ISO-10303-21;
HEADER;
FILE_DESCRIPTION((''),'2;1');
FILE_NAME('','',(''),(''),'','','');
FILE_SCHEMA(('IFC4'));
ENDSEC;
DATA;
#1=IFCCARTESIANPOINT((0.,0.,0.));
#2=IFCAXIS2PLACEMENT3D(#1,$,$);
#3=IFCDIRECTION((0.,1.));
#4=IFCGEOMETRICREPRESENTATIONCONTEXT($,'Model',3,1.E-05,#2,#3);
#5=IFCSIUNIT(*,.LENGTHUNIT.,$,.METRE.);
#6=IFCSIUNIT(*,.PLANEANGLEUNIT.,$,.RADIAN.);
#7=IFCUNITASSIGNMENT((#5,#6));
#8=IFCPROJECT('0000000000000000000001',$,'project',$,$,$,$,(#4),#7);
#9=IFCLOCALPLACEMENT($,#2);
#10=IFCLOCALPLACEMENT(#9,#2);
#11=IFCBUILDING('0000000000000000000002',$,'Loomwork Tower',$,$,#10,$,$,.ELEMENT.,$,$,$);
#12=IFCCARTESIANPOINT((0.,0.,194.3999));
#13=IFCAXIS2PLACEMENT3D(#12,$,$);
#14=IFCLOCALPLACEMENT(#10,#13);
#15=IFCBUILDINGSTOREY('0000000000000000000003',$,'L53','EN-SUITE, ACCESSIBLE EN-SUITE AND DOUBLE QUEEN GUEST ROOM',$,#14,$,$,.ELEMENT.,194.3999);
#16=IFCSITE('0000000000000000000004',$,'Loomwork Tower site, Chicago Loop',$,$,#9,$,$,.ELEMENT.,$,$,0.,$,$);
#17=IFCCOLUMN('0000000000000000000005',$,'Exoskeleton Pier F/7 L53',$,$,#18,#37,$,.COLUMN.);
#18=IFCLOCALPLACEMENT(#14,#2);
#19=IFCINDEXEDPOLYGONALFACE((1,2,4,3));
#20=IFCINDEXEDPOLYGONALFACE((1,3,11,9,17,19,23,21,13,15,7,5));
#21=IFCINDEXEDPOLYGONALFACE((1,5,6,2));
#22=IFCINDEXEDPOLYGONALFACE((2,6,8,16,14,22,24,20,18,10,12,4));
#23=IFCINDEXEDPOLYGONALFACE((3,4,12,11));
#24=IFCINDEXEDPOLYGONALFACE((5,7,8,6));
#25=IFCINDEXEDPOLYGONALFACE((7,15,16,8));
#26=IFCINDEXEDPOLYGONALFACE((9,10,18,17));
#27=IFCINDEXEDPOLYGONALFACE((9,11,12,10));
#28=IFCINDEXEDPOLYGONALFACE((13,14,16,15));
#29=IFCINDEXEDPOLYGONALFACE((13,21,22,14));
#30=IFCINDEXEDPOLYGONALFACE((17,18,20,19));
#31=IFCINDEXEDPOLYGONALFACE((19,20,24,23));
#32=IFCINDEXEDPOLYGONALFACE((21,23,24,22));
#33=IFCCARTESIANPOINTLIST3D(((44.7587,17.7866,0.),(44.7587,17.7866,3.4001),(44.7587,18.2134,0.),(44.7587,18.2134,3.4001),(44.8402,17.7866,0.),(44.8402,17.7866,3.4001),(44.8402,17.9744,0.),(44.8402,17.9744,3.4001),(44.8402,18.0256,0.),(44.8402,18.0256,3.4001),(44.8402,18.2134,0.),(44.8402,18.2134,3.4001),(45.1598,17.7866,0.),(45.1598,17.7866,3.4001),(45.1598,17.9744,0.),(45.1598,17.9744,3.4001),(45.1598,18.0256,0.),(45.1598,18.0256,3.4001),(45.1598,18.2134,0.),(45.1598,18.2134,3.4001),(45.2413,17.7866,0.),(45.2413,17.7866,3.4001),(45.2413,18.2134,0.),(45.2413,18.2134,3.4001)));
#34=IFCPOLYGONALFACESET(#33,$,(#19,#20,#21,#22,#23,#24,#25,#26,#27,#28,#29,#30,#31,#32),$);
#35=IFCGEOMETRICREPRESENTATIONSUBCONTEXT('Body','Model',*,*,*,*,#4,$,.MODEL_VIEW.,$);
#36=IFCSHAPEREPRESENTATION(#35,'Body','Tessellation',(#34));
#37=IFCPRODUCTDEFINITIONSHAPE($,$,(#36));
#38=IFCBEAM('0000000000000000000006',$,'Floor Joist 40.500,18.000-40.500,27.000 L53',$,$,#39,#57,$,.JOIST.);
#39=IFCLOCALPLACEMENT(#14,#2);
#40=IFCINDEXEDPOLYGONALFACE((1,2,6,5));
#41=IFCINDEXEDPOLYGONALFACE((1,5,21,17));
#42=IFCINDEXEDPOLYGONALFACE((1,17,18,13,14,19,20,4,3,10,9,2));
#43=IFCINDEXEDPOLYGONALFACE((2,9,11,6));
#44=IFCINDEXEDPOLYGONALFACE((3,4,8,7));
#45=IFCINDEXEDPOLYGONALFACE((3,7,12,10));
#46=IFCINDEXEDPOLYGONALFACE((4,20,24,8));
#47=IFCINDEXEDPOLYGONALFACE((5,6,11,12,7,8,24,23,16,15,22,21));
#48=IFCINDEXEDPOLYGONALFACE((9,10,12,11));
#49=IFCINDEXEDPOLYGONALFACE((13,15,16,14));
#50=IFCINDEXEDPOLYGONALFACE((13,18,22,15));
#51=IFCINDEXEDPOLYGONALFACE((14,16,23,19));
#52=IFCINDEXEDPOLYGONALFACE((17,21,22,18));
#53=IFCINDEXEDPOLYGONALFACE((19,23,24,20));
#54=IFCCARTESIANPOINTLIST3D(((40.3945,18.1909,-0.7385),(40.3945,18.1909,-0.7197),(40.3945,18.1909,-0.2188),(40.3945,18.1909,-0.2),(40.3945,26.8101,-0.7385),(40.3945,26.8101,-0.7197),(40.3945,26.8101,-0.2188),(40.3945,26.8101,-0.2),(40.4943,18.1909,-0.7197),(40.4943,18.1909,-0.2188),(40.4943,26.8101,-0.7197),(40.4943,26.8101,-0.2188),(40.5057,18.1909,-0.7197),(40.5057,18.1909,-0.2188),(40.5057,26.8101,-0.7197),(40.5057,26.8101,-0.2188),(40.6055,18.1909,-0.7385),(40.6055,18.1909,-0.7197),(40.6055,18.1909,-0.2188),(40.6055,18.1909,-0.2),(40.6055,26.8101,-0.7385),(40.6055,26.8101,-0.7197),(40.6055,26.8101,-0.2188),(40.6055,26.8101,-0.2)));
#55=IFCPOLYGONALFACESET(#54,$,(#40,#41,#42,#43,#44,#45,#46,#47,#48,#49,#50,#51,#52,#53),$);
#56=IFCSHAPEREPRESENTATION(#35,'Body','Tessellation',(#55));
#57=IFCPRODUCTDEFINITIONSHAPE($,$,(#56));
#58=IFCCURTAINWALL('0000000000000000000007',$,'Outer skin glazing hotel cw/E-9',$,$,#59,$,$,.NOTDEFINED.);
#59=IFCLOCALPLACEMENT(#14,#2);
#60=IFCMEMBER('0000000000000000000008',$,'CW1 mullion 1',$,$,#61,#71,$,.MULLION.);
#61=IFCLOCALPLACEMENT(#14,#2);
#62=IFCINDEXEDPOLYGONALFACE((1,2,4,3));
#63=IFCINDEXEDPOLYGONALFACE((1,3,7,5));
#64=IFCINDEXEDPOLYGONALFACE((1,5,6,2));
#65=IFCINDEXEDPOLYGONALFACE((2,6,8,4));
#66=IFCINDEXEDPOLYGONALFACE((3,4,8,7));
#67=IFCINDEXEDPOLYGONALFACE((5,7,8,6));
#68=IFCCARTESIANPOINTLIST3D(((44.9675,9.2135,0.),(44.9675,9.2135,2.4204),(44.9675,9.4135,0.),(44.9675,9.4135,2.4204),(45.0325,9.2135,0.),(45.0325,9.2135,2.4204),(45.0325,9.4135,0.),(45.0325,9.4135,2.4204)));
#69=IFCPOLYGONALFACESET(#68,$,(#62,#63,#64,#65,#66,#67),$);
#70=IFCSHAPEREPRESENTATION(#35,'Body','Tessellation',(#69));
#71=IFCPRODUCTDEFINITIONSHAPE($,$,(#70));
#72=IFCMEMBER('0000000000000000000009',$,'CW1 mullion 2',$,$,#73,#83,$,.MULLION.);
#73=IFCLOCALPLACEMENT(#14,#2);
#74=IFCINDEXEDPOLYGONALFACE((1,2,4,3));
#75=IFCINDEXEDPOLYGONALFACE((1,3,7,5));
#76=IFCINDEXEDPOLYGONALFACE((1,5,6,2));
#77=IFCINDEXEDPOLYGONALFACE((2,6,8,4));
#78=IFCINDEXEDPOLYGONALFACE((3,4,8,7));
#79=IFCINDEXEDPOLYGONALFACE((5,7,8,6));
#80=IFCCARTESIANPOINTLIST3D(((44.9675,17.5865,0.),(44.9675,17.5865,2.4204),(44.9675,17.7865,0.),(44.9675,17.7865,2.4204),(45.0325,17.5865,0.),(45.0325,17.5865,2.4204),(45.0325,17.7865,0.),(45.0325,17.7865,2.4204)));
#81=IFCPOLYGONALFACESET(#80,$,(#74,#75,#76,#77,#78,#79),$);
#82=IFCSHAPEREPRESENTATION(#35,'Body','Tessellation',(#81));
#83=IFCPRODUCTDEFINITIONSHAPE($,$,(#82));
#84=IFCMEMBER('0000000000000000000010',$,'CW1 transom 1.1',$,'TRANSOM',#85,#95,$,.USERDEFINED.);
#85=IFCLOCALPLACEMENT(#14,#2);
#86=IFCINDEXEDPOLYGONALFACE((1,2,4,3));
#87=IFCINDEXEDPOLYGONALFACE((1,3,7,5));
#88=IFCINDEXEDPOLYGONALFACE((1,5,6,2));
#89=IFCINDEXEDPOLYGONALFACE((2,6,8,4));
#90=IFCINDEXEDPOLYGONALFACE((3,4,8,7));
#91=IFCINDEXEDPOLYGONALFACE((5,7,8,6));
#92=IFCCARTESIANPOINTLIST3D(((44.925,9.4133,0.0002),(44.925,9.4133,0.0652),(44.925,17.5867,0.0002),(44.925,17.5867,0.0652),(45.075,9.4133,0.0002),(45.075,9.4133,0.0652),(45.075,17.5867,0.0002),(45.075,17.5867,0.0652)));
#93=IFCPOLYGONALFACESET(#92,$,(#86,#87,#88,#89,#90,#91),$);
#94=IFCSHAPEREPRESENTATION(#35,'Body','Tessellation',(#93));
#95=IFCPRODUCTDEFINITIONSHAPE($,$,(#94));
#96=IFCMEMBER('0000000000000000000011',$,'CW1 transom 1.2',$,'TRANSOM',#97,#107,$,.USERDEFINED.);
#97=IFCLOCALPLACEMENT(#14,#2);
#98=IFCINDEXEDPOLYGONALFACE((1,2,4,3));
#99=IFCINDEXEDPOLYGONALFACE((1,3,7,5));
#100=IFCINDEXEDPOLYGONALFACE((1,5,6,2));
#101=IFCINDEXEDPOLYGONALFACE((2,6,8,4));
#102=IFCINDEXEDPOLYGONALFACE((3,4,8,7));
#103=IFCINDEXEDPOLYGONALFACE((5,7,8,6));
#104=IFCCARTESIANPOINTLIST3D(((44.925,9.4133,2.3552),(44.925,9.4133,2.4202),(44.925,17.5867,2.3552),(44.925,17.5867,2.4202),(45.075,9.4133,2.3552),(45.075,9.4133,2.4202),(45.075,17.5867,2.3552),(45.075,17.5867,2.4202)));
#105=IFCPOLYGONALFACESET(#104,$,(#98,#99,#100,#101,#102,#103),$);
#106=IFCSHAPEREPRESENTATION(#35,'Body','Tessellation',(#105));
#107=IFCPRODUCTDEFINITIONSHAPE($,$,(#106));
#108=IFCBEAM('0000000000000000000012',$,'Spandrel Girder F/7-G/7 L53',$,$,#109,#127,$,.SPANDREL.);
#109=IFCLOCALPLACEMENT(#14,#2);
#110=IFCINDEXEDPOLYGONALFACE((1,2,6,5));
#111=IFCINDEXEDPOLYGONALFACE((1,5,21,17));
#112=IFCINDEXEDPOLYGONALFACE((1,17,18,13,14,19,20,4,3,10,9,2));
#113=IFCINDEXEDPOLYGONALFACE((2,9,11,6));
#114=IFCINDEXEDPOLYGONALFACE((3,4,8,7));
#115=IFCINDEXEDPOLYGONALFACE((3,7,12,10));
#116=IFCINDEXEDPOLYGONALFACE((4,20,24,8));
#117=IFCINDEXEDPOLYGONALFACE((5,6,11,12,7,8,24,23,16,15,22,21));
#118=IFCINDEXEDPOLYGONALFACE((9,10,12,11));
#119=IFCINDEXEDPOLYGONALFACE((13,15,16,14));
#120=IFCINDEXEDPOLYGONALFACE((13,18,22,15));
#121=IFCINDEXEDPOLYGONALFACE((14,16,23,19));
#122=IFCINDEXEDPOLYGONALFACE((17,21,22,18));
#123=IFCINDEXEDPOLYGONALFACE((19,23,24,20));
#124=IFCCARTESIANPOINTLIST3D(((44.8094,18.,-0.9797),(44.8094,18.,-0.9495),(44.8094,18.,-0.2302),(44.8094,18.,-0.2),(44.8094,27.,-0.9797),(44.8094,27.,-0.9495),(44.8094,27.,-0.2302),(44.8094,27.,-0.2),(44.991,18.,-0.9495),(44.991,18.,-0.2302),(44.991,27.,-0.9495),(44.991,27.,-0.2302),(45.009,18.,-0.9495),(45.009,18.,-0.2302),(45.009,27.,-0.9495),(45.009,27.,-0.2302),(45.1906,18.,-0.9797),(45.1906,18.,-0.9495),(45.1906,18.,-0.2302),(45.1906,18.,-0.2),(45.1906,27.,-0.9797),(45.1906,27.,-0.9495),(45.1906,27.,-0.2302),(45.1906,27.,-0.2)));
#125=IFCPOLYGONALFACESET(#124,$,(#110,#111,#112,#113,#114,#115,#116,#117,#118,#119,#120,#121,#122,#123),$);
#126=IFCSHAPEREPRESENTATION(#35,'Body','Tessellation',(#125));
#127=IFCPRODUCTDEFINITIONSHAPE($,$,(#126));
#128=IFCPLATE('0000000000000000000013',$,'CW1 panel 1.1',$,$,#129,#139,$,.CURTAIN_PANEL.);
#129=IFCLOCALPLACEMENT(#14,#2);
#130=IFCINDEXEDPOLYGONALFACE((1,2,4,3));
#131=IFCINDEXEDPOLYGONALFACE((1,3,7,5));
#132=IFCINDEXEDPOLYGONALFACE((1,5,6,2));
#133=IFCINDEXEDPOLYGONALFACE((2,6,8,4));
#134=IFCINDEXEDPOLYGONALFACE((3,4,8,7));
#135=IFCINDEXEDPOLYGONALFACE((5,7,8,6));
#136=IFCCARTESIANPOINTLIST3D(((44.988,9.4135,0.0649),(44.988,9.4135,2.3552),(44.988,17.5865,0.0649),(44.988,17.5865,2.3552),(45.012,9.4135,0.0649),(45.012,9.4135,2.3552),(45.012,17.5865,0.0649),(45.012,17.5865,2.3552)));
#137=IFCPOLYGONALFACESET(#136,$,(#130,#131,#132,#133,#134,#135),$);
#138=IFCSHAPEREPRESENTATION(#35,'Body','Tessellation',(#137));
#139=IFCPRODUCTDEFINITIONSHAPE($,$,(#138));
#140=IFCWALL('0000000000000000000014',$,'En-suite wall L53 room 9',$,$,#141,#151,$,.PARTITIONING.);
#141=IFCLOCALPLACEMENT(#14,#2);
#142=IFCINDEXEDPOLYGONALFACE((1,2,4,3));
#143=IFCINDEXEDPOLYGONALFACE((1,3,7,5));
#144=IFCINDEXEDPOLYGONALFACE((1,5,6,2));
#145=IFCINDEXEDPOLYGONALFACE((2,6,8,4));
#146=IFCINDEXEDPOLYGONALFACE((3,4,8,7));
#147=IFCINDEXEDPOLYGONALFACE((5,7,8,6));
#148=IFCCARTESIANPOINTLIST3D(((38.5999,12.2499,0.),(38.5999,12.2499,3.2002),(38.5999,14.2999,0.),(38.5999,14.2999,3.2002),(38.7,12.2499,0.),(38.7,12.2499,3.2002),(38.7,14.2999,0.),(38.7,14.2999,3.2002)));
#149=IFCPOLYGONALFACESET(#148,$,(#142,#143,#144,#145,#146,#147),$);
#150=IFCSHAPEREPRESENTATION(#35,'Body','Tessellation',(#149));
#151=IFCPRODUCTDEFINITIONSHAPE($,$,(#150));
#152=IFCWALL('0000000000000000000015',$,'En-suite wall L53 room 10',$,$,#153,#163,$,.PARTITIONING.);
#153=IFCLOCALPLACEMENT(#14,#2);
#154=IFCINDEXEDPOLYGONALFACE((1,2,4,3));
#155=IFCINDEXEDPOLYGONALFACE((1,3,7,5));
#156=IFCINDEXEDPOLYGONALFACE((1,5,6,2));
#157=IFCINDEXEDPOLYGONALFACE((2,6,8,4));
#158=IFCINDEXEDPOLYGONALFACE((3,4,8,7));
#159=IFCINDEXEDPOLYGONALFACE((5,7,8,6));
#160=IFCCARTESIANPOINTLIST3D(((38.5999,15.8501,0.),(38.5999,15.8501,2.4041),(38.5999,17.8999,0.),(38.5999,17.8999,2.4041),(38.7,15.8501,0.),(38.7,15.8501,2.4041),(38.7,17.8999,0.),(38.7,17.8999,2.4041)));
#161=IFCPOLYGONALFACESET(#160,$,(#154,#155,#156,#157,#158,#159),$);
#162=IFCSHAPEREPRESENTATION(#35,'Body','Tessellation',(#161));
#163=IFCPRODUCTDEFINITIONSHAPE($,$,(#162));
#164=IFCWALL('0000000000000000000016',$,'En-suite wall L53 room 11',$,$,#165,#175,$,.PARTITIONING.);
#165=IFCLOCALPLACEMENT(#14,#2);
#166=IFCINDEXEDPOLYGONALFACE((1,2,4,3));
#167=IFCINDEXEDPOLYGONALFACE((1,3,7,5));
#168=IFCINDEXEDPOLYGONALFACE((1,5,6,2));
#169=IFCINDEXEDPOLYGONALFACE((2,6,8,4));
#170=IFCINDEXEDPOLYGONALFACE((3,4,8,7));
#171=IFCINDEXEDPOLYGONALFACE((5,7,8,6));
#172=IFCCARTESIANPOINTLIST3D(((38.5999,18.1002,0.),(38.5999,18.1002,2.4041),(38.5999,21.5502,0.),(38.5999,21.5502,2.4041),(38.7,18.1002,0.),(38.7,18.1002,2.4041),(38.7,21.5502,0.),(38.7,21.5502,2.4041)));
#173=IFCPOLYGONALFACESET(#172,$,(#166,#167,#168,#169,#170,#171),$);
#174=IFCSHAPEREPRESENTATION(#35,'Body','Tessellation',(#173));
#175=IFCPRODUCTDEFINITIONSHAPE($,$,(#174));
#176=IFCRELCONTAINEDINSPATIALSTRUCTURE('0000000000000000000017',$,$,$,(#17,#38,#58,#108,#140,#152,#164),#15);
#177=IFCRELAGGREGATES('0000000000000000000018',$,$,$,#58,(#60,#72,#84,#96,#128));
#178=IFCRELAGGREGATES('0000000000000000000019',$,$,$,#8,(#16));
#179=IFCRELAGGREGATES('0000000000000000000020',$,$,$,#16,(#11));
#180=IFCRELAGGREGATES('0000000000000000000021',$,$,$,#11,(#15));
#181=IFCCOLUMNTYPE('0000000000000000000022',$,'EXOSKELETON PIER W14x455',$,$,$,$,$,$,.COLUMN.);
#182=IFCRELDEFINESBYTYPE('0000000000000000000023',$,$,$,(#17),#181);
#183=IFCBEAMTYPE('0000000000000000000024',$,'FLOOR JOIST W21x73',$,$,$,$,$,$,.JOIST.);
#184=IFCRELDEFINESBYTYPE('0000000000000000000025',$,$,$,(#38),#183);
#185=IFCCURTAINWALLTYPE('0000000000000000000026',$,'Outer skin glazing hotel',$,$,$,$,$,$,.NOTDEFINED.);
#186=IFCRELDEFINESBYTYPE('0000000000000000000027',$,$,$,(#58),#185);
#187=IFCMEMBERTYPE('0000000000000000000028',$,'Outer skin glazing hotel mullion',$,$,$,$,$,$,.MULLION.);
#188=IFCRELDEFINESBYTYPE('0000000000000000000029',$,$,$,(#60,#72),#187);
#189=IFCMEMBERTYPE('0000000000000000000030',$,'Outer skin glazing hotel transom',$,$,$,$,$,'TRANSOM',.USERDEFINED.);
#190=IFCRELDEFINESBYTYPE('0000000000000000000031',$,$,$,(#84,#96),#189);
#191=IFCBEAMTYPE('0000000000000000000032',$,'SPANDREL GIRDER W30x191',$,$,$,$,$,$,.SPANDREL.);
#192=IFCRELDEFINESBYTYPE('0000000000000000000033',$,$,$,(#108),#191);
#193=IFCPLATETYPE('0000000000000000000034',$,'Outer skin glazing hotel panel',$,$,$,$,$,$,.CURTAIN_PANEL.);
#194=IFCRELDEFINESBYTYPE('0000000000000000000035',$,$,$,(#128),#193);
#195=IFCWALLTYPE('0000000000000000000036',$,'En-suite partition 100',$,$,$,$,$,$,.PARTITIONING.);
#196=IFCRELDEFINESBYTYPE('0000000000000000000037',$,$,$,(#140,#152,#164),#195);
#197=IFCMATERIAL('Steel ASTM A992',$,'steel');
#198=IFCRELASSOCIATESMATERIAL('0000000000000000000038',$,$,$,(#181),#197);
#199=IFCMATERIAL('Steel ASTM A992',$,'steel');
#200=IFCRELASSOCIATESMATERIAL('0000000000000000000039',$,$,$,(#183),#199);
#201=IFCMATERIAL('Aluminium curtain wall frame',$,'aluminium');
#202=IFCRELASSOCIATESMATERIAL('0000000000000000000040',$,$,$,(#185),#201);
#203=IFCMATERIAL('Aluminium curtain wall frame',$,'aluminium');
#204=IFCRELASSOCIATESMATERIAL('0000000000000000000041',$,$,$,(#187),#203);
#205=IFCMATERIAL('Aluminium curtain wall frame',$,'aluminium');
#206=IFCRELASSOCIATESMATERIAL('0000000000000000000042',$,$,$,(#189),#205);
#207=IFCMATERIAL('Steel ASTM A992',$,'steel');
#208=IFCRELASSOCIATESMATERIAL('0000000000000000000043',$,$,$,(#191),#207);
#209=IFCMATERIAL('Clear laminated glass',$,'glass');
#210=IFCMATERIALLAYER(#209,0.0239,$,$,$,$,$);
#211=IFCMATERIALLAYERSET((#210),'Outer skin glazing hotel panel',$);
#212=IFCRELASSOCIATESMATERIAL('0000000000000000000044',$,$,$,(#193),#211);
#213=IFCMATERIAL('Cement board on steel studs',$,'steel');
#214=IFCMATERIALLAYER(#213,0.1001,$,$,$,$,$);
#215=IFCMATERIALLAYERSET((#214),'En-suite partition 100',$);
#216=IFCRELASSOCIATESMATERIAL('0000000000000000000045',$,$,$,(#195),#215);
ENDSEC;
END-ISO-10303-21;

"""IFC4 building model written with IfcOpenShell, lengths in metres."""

from ifc_helpers import new_model, si_unit, direction, frame, frame_2d, origin, origin_2d, place, context, subcontext, project, spatial, rectangle, i_section, extrude, material, layer, layer_set, material_profile, profile_set, type_object, element, aggregate, save


model = new_model("IFC4")

# Units and contexts
model_context = context("Model", 3, precision=1e-05, world=origin(), true_north=direction((0.0, 1.0)))
body_context = subcontext(model_context, "Body", "Model", "MODEL_VIEW")
ifc_project = project(units=[si_unit("LENGTHUNIT", "METRE"), si_unit("PLANEANGLEUNIT", "RADIAN")], contexts=[model_context])

# Site, building, storey
site_placement = place(None, origin())
site = spatial("IfcSite", under=ifc_project, at=site_placement, Name="Loomwork Tower site, Chicago Loop", CompositionType="ELEMENT", RefElevation=0.0)
building_placement = place(site_placement, origin())
building = spatial("IfcBuilding", under=site, at=building_placement, Name="Loomwork Tower", CompositionType="ELEMENT")
storey_placement = place(building_placement, frame((0.0, 0.0, 194.3999)))
storey = spatial("IfcBuildingStorey", under=building, at=storey_placement, Name="L53", Description="EN-SUITE, ACCESSIBLE EN-SUITE AND DOUBLE QUEEN GUEST ROOM", CompositionType="ELEMENT", Elevation=194.3999)

# Column
ifc_material_1 = material(Name="Steel ASTM A992", Category="steel")
ifc_material_profile_1 = material_profile(ifc_material_1, i_section(OverallWidth=0.4268, OverallDepth=0.4827, WebThickness=0.0513, FlangeThickness=0.0815, at=origin_2d()), Name="W14x455")
ifc_profile_set_1 = profile_set([ifc_material_profile_1], Name="Steel ASTM A992")
column_type = type_object("IfcColumnType", Name="EXOSKELETON PIER W14x455", PredefinedType="COLUMN", material=ifc_profile_set_1)
column_placement = place(storey_placement, frame((45.0, 18.0, 0.0), z_axis=(0.0, 0.0, 1.0), x_axis=(0.0, 1.0, 0.0)))
element("IfcColumn", 1, at=column_placement, inside=storey, type_object=column_type, Name="Exoskeleton Pier F/7 L53", PredefinedType="COLUMN", context=body_context, shape_type="SweptSolid", body=[
    extrude(i_section(OverallWidth=0.4268, OverallDepth=0.4827, WebThickness=0.0513, FlangeThickness=0.0815, at=origin_2d()), origin(), (0.0, 0.0, 1.0), 3.4001),
])

# Beam
ifc_material_2 = material(Name="Steel ASTM A992", Category="steel")
ifc_material_profile_2 = material_profile(ifc_material_2, i_section(OverallWidth=0.2109, OverallDepth=0.5386, WebThickness=0.0115, FlangeThickness=0.0188, at=origin_2d()), Name="W21x73")
ifc_profile_set_2 = profile_set([ifc_material_profile_2], Name="Steel ASTM A992")
beam_type_1 = type_object("IfcBeamType", Name="FLOOR JOIST W21x73", PredefinedType="JOIST", material=ifc_profile_set_2)
beam_1_placement = place(storey_placement, frame((40.5, 18.1909, -0.4692), z_axis=(0.0, 1.0, 0.0), x_axis=(-1.0, 0.0, 0.0)))
element("IfcBeam", 2, at=beam_1_placement, inside=storey, type_object=beam_type_1, Name="Floor Joist 40.500,18.000-40.500,27.000 L53", PredefinedType="JOIST", context=body_context, shape_type="SweptSolid", body=[
    extrude(i_section(OverallWidth=0.2109, OverallDepth=0.5386, WebThickness=0.0115, FlangeThickness=0.0188, at=origin_2d()), origin(), (0.0, 0.0, 1.0), 8.6191),
])

# Curtain wall, members
ifc_material_3 = material(Name="Aluminium curtain wall frame", Category="aluminium")
curtain_wall_type = type_object("IfcCurtainWallType", Name="Outer skin glazing hotel", PredefinedType="NOTDEFINED", material=ifc_material_3)
curtain_wall_placement = place(storey_placement, origin())
curtain_wall = element("IfcCurtainWall", 3, at=curtain_wall_placement, inside=storey, type_object=curtain_wall_type, Name="Outer skin glazing hotel cw/E-9", PredefinedType="NOTDEFINED")
ifc_material_4 = material(Name="Aluminium curtain wall frame", Category="aluminium")
ifc_material_profile_3 = material_profile(ifc_material_4, rectangle(XDim=0.0649, YDim=0.2, at=origin_2d()), Name="AL 65x200")
ifc_profile_set_3 = profile_set([ifc_material_profile_3], Name="Aluminium curtain wall frame")
member_type_1 = type_object("IfcMemberType", Name="Outer skin glazing hotel mullion", PredefinedType="MULLION", material=ifc_profile_set_3)
member_1_placement = place(storey_placement, frame((45.0, 9.3135, 0.0), z_axis=(0.0, 0.0, 1.0), x_axis=(-1.0, 0.0, 0.0)))
member_1 = element("IfcMember", 4, at=member_1_placement, type_object=member_type_1, Name="CW1 mullion 1", PredefinedType="MULLION", context=body_context, shape_type="SweptSolid", body=[
    extrude(rectangle(XDim=0.0649, YDim=0.2, at=origin_2d()), origin(), (0.0, 0.0, 1.0), 2.4204),
])
member_2_placement = place(storey_placement, frame((45.0, 17.6865, 0.0), z_axis=(0.0, 0.0, 1.0), x_axis=(-1.0, 0.0, 0.0)))
member_2 = element("IfcMember", 5, at=member_2_placement, type_object=member_type_1, Name="CW1 mullion 2", PredefinedType="MULLION", context=body_context, shape_type="SweptSolid", body=[
    extrude(rectangle(XDim=0.0649, YDim=0.2, at=origin_2d()), origin(), (0.0, 0.0, 1.0), 2.4204),
])
ifc_material_5 = material(Name="Aluminium curtain wall frame", Category="aluminium")
ifc_material_profile_4 = material_profile(ifc_material_5, rectangle(XDim=0.1499, YDim=0.0649, at=origin_2d()), Name="AL 65x150")
ifc_profile_set_4 = profile_set([ifc_material_profile_4], Name="Aluminium curtain wall frame")
member_type_2 = type_object("IfcMemberType", Name="Outer skin glazing hotel transom", ElementType="TRANSOM", PredefinedType="USERDEFINED", material=ifc_profile_set_4)
member_3_placement = place(storey_placement, frame((45.0, 9.4133, 0.0327), z_axis=(0.0, 1.0, 0.0), x_axis=(-1.0, 0.0, 0.0)))
member_3 = element("IfcMember", 6, at=member_3_placement, type_object=member_type_2, Name="CW1 transom 1.1", ObjectType="TRANSOM", PredefinedType="USERDEFINED", context=body_context, shape_type="SweptSolid", body=[
    extrude(rectangle(XDim=0.1499, YDim=0.0649, at=origin_2d()), origin(), (0.0, 0.0, 1.0), 8.1733),
])
member_4_placement = place(storey_placement, frame((45.0, 9.4133, 2.3877), z_axis=(0.0, 1.0, 0.0), x_axis=(-1.0, 0.0, 0.0)))
member_4 = element("IfcMember", 7, at=member_4_placement, type_object=member_type_2, Name="CW1 transom 1.2", ObjectType="TRANSOM", PredefinedType="USERDEFINED", context=body_context, shape_type="SweptSolid", body=[
    extrude(rectangle(XDim=0.1499, YDim=0.0649, at=origin_2d()), origin(), (0.0, 0.0, 1.0), 8.1733),
])

# Beam
ifc_material_6 = material(Name="Steel ASTM A992", Category="steel")
ifc_material_profile_5 = material_profile(ifc_material_6, i_section(OverallWidth=0.3811, OverallDepth=0.7798, WebThickness=0.0181, FlangeThickness=0.0303, at=origin_2d()), Name="W30x191")
ifc_profile_set_5 = profile_set([ifc_material_profile_5], Name="Steel ASTM A992")
beam_type_2 = type_object("IfcBeamType", Name="SPANDREL GIRDER W30x191", PredefinedType="SPANDREL", material=ifc_profile_set_5)
beam_2_placement = place(storey_placement, frame((45.0, 18.0, -0.5898), z_axis=(0.0, 1.0, 0.0), x_axis=(-1.0, 0.0, 0.0)))
element("IfcBeam", 8, at=beam_2_placement, inside=storey, type_object=beam_type_2, Name="Spandrel Girder F/7-G/7 L53", PredefinedType="SPANDREL", context=body_context, shape_type="SweptSolid", body=[
    extrude(i_section(OverallWidth=0.3811, OverallDepth=0.7798, WebThickness=0.0181, FlangeThickness=0.0303, at=origin_2d()), origin(), (0.0, 0.0, 1.0), 9.0),
])

# Plate
ifc_material_7 = material(Name="Clear laminated glass", Category="glass")
ifc_layer_1 = layer(ifc_material_7, 0.0239)
ifc_layer_set_1 = layer_set([ifc_layer_1], Name="Outer skin glazing hotel panel")
plate_type = type_object("IfcPlateType", Name="Outer skin glazing hotel panel", PredefinedType="CURTAIN_PANEL", material=ifc_layer_set_1)
plate_placement = place(storey_placement, frame((45.0, 13.5, 0.0649), z_axis=(0.0, 0.0, 1.0), x_axis=(0.0, 1.0, 0.0)))
plate = element("IfcPlate", 9, at=plate_placement, type_object=plate_type, Name="CW1 panel 1.1", PredefinedType="CURTAIN_PANEL", context=body_context, shape_type="SweptSolid", body=[
    extrude(rectangle(XDim=8.1731, YDim=0.0239, at=origin_2d()), origin(), (0.0, 0.0, 1.0), 2.2903),
])
aggregate(curtain_wall, [member_1, member_2, member_3, member_4, plate])

# Walls
ifc_material_8 = material(Name="Cement board on steel studs", Category="steel")
ifc_layer_2 = layer(ifc_material_8, 0.1001)
ifc_layer_set_2 = layer_set([ifc_layer_2], Name="En-suite partition 100")
wall_type_1 = type_object("IfcWallType", Name="En-suite partition 100", PredefinedType="PARTITIONING", material=ifc_layer_set_2)
wall_1_placement = place(storey_placement, frame((38.6499, 12.25, 0.0), z_axis=(0.0, 0.0, 1.0), x_axis=(0.0, 1.0, 0.0)))
element("IfcWall", 10, at=wall_1_placement, inside=storey, type_object=wall_type_1, Name="En-suite wall L53 room 9", PredefinedType="PARTITIONING", context=body_context, shape_type="SweptSolid", body=[
    extrude(rectangle(XDim=2.05, YDim=0.1001, at=frame_2d((1.0249, 0.0))), origin(), (0.0, 0.0, 1.0), 3.2002),
])
wall_2_placement = place(storey_placement, frame((38.6499, 15.8501, 0.0), z_axis=(0.0, 0.0, 1.0), x_axis=(0.0, 1.0, 0.0)))
element("IfcWall", 11, at=wall_2_placement, inside=storey, type_object=wall_type_1, Name="En-suite wall L53 room 10", PredefinedType="PARTITIONING", context=body_context, shape_type="SweptSolid", body=[
    extrude(rectangle(XDim=2.0498, YDim=0.1001, at=frame_2d((1.0249, 0.0))), origin(), (0.0, 0.0, 1.0), 2.4041),
])
wall_3_placement = place(storey_placement, frame((38.6499, 18.1001, 0.0), z_axis=(0.0, 0.0, 1.0), x_axis=(0.0, 1.0, 0.0)))
element("IfcWall", 12, at=wall_3_placement, inside=storey, type_object=wall_type_1, Name="En-suite wall L53 room 11", PredefinedType="PARTITIONING", context=body_context, shape_type="SweptSolid", body=[
    extrude(rectangle(XDim=3.45, YDim=0.1001, at=frame_2d((1.7251, 0.0))), origin(), (0.0, 0.0, 1.0), 2.4041),
])

save(model, "model.ifc")
